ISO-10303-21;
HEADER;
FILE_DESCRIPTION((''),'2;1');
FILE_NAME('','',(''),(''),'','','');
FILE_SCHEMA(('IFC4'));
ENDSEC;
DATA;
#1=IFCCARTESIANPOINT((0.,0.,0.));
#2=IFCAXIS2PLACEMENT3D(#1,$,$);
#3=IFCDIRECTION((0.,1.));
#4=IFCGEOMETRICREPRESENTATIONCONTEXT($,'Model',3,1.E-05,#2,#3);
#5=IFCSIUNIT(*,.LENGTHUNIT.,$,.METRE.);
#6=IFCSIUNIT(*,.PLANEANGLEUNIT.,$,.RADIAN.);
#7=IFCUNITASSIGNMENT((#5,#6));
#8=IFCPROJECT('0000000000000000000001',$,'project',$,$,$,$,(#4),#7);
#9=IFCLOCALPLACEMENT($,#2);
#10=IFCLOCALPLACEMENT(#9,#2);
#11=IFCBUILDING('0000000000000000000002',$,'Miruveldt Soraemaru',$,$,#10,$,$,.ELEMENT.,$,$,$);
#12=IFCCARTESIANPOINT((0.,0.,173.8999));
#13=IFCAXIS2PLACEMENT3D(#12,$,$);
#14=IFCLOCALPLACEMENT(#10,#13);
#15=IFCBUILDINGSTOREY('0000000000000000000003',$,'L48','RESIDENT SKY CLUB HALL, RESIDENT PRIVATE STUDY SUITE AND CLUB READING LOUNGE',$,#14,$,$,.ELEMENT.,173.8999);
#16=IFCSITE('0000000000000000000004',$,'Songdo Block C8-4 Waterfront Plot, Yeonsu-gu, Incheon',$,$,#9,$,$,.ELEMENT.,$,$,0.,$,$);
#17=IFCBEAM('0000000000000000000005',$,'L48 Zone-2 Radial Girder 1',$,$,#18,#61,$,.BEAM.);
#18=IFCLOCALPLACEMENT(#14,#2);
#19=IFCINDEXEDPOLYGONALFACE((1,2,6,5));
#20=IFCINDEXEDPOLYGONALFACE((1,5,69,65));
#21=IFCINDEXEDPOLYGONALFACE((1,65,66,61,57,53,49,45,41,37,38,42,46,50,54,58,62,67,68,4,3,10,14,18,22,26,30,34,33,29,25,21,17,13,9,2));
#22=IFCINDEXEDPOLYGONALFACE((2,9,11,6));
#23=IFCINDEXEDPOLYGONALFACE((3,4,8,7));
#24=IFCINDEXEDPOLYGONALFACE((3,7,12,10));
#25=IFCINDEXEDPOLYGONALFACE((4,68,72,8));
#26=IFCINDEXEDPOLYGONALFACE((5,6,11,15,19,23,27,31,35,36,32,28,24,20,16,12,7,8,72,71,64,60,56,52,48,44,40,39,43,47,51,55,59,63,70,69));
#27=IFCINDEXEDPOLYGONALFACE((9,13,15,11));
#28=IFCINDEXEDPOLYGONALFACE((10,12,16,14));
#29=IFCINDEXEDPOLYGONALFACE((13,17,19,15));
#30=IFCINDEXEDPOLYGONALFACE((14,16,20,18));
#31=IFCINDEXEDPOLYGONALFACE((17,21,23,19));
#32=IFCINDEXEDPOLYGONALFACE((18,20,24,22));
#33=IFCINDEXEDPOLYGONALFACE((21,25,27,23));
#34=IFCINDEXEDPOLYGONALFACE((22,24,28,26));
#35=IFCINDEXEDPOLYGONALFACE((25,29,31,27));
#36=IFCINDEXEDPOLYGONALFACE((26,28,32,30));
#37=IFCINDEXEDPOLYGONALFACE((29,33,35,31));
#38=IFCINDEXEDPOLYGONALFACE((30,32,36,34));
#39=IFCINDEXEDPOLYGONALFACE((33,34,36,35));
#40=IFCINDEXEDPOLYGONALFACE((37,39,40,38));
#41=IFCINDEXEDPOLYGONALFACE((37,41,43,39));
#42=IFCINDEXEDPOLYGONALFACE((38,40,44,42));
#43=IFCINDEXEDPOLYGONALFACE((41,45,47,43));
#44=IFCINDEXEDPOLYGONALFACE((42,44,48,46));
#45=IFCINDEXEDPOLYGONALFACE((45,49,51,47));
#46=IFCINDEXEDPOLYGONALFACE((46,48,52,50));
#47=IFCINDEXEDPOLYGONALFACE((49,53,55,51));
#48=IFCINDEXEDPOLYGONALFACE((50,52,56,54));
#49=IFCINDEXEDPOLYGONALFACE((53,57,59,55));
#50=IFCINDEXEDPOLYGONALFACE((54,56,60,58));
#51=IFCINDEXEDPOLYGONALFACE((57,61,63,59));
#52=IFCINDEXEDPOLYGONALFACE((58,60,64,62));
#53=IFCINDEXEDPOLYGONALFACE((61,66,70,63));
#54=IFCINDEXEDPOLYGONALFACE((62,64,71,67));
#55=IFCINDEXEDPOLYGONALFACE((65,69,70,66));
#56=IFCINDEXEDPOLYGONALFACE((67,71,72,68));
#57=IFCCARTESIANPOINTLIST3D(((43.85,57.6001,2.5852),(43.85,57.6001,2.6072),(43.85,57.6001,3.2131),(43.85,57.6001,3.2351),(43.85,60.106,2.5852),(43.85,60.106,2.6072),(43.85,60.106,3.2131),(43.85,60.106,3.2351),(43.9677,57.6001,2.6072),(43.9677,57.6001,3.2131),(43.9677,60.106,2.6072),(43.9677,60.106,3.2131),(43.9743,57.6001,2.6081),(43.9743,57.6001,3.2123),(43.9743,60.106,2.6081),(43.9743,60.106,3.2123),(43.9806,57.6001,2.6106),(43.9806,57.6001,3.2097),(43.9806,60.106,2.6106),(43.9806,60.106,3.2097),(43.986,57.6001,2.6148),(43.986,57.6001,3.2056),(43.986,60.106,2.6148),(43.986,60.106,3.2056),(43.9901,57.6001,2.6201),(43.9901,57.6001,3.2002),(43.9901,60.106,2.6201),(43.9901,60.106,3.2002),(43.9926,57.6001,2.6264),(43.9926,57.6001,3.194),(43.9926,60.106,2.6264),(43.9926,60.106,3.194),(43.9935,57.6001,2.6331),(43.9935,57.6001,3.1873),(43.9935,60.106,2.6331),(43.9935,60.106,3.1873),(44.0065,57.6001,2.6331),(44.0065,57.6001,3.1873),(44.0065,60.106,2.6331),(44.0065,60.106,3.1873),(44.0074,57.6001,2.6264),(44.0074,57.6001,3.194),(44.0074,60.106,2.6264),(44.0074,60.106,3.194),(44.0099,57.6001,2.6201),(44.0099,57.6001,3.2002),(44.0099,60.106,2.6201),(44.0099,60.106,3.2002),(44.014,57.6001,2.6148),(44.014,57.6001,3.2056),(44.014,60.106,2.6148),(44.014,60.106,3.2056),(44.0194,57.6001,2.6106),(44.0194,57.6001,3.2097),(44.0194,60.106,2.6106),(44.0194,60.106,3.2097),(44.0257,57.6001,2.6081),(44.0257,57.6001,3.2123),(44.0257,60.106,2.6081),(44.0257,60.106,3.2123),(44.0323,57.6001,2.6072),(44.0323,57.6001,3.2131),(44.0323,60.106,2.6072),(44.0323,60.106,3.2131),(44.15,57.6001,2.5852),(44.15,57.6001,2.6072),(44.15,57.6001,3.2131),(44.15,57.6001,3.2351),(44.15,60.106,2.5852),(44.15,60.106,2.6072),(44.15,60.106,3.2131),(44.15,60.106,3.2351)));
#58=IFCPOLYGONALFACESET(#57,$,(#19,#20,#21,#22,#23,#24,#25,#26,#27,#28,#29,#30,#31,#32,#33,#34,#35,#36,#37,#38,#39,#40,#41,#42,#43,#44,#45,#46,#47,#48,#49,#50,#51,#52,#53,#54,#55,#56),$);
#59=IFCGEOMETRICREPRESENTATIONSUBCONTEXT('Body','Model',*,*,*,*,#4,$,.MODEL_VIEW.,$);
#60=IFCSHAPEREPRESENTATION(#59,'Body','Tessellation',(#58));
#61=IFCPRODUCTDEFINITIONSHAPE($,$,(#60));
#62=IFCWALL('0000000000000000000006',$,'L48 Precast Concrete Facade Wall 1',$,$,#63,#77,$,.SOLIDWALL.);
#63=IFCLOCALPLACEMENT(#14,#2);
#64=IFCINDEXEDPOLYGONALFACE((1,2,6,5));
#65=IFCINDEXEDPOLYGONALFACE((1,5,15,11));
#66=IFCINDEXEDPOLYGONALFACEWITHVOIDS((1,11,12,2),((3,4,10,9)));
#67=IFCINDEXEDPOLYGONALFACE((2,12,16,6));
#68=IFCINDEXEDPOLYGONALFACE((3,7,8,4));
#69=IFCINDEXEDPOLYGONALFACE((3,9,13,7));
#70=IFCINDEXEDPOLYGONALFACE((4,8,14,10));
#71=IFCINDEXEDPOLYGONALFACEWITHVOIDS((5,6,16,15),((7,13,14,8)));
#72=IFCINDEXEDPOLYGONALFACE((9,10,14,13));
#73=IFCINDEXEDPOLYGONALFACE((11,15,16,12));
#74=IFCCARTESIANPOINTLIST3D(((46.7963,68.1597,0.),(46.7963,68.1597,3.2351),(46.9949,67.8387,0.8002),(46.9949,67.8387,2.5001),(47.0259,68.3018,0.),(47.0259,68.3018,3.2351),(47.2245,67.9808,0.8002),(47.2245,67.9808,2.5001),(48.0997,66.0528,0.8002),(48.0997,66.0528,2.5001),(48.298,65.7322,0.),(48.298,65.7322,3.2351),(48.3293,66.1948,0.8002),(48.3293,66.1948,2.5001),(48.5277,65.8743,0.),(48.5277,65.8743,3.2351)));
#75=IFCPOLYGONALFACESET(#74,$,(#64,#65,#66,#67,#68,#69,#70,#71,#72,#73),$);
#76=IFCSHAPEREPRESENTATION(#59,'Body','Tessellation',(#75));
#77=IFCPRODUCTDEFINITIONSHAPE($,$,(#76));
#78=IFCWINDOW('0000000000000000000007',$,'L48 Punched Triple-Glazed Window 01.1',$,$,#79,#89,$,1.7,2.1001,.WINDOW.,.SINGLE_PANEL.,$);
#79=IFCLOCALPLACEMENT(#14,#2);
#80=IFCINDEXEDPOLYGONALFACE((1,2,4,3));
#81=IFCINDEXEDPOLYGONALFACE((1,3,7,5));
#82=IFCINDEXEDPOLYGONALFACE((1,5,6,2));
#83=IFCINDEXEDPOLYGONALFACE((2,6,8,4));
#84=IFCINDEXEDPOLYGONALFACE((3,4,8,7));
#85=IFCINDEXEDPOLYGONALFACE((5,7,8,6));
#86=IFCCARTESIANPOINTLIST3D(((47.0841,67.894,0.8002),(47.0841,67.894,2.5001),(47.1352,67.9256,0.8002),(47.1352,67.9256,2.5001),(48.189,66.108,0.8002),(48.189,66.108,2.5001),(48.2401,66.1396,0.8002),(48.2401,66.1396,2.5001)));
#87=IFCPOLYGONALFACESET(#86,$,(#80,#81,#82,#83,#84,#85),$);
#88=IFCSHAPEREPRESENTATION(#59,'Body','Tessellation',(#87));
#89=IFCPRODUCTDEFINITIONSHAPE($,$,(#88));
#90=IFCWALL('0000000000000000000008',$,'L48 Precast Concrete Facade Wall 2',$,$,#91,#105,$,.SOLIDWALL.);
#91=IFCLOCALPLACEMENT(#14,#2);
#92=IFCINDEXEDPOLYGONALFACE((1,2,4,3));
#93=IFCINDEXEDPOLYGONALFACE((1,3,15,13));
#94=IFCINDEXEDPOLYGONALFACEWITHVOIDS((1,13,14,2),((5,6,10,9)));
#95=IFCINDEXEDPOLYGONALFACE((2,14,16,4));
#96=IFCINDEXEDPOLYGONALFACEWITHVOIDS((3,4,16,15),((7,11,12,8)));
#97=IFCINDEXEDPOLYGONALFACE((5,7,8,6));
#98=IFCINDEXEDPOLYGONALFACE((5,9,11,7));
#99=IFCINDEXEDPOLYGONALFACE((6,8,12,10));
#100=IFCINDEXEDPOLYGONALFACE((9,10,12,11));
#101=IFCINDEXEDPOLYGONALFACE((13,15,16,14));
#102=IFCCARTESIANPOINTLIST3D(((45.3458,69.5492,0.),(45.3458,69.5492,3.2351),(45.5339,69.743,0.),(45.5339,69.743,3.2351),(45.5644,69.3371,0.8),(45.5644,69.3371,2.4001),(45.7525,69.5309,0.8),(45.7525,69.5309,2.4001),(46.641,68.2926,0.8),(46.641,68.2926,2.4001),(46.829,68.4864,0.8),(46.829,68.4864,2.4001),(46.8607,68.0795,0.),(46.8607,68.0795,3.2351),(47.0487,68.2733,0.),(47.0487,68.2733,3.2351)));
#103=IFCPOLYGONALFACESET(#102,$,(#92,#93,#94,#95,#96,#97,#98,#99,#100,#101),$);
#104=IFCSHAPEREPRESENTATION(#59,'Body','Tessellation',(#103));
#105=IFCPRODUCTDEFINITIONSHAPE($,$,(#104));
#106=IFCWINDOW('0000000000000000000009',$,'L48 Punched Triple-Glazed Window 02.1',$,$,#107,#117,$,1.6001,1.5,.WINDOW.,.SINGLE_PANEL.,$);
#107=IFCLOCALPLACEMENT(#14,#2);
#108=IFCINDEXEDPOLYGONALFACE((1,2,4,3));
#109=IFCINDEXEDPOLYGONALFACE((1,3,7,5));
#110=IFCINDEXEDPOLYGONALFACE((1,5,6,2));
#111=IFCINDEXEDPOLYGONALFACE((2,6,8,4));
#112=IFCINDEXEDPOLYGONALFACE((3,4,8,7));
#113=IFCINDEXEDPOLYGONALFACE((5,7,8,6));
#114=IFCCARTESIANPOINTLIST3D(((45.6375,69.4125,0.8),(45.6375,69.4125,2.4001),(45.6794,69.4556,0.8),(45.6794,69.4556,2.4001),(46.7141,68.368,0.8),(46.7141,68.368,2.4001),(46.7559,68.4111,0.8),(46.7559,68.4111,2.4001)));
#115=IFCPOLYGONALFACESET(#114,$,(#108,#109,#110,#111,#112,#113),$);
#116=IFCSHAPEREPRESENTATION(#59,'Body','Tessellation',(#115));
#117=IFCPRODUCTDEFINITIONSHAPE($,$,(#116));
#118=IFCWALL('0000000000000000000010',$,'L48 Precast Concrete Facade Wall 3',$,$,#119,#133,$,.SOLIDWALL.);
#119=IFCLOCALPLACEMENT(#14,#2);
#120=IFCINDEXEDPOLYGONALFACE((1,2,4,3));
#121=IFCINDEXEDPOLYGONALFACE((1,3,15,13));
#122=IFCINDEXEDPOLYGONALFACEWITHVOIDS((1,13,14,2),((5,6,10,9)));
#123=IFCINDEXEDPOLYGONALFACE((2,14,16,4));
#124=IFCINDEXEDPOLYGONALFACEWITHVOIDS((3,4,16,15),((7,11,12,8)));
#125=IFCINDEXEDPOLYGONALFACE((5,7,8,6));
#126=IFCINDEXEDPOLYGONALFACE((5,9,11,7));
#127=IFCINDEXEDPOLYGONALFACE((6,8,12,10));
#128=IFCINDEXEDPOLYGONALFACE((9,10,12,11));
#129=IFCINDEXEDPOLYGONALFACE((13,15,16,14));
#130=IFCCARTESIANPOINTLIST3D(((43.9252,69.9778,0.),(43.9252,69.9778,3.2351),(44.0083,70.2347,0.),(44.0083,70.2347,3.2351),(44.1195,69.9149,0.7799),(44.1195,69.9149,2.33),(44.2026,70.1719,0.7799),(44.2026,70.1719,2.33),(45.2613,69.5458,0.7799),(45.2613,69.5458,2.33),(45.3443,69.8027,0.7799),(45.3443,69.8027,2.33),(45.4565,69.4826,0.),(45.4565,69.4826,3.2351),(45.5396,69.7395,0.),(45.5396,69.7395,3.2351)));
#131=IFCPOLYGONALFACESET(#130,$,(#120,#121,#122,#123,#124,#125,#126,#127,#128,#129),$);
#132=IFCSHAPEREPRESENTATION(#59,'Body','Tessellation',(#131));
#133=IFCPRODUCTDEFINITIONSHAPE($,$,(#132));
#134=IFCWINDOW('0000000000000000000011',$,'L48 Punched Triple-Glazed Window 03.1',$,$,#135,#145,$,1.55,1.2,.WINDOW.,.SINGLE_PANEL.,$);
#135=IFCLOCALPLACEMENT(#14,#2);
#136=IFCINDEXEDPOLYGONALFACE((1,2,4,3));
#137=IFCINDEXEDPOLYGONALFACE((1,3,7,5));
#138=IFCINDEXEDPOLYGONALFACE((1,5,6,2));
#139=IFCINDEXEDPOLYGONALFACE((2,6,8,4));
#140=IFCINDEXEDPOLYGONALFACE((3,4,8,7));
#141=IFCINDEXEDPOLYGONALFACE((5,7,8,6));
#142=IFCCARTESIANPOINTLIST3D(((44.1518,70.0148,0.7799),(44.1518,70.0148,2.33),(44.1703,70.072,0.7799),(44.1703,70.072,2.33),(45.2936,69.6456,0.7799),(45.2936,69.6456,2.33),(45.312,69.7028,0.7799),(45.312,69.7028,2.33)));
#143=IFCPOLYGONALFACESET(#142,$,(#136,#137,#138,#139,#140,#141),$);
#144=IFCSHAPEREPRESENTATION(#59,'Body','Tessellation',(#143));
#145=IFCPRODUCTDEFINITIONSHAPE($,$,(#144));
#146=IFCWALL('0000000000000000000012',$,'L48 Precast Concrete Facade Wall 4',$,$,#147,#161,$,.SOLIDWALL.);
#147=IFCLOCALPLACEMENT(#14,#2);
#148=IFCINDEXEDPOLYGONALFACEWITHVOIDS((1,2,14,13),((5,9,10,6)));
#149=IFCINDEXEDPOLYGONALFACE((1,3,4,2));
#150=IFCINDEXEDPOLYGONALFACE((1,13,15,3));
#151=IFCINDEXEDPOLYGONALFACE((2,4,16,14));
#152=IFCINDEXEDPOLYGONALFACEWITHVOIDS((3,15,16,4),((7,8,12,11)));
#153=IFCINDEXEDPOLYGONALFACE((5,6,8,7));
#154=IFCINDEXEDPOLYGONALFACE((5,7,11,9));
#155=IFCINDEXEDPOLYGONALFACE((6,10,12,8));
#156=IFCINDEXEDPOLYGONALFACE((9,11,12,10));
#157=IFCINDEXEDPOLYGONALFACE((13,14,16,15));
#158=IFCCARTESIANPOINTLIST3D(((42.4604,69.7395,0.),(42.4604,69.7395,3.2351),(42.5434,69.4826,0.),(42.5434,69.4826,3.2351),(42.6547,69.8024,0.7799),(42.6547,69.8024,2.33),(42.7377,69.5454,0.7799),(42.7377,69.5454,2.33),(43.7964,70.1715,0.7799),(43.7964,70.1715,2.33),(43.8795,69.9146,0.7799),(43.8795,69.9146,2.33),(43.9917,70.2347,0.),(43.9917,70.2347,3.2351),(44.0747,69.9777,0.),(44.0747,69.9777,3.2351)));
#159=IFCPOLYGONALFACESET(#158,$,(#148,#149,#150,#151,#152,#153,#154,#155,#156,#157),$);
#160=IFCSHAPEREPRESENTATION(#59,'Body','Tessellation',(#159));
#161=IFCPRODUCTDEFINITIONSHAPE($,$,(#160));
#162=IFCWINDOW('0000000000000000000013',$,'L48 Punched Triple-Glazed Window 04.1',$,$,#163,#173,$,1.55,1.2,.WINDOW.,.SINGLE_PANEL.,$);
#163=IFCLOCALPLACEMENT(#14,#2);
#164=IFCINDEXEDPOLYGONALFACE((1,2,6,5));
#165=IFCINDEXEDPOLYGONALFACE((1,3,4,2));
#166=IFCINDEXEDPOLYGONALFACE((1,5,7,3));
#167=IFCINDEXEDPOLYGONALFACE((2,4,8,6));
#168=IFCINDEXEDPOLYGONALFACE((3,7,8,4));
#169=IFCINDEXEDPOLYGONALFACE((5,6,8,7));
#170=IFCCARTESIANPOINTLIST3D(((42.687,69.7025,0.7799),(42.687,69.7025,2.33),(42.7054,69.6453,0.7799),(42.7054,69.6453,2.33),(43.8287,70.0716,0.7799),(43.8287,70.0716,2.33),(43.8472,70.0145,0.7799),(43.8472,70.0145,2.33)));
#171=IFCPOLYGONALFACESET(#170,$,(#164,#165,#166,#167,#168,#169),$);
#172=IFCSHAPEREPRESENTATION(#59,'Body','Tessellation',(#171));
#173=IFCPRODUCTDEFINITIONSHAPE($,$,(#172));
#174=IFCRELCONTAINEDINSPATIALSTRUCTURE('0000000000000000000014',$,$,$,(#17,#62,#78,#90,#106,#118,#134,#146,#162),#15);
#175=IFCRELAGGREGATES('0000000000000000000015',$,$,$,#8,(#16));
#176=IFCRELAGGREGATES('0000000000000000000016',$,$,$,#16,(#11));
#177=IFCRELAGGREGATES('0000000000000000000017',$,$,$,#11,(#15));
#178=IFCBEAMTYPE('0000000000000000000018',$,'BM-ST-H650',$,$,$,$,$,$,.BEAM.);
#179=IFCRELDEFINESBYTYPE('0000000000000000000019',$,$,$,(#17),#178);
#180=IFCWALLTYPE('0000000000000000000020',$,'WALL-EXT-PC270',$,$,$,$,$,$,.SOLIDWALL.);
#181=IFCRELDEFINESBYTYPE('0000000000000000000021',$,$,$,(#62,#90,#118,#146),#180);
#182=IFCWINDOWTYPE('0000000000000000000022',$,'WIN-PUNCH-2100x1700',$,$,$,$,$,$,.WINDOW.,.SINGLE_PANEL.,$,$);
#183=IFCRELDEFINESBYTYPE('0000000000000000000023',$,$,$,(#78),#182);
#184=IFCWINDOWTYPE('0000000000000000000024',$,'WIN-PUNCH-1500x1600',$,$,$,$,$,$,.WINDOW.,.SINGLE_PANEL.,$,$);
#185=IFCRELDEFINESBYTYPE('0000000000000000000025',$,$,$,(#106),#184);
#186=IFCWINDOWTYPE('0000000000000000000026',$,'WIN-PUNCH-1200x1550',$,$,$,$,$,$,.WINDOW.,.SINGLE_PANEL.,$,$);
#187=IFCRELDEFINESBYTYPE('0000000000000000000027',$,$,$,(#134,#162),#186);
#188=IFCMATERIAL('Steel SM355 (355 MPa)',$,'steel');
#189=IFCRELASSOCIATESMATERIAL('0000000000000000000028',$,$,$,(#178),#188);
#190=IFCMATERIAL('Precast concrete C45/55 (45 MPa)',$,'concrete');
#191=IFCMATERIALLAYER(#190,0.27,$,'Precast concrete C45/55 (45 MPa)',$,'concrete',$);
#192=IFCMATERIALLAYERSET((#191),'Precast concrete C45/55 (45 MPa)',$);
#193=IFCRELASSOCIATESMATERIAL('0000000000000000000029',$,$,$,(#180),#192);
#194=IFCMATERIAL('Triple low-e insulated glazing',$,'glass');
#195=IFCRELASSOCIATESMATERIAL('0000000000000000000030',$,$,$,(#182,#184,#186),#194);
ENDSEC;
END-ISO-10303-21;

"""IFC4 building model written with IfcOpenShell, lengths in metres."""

from ifc_helpers import new_model, si_unit, direction, frame, frame_2d, origin, origin_2d, place, context, subcontext, project, spatial, rectangle, i_section, extrude, material, layer, layer_set, material_profile, profile_set, type_object, element, fill, save


model = new_model("IFC4")

# Units and contexts
model_context = context("Model", 3, precision=1e-05, world=origin(), true_north=direction((0.0, 1.0)))
body_context = subcontext(model_context, "Body", "Model", "MODEL_VIEW")
ifc_project = project(units=[si_unit("LENGTHUNIT", "METRE"), si_unit("PLANEANGLEUNIT", "RADIAN")], contexts=[model_context])

# Site, building, storey
site_placement = place(None, origin())
site = spatial("IfcSite", under=ifc_project, at=site_placement, Name="Songdo Block C8-4 Waterfront Plot, Yeonsu-gu, Incheon", CompositionType="ELEMENT", RefElevation=0.0)
building_placement = place(site_placement, origin())
building = spatial("IfcBuilding", under=site, at=building_placement, Name="Miruveldt Soraemaru", CompositionType="ELEMENT")
storey_placement = place(building_placement, frame((0.0, 0.0, 173.8999)))
storey = spatial("IfcBuildingStorey", under=building, at=storey_placement, Name="L48", Description="RESIDENT SKY CLUB HALL, RESIDENT PRIVATE STUDY SUITE AND CLUB READING LOUNGE", CompositionType="ELEMENT", Elevation=173.8999)

# Beam
ifc_material_1 = material(Name="Steel SM355 (355 MPa)", Category="steel")
ifc_material_profile_1 = material_profile(ifc_material_1, i_section(OverallWidth=0.3, OverallDepth=0.6499, WebThickness=0.0129, FlangeThickness=0.022, FilletRadius=0.0259, at=origin_2d()), Name="Steel SM355 (355 MPa)", Category="steel")
ifc_profile_set_1 = profile_set([ifc_material_profile_1], Name="Steel SM355 (355 MPa)")
beam_type_1 = type_object("IfcBeamType", Name="BM-ST-H650", PredefinedType="BEAM", material=ifc_profile_set_1)
beam_1_placement = place(storey_placement, frame((44.0, 57.6001, 2.9102), z_axis=(0.0, 1.0, 0.0), x_axis=(-1.0, 0.0, 0.0)))
element("IfcBeam", 1, at=beam_1_placement, inside=storey, type_object=beam_type_1, Name="L48 Zone-2 Radial Girder 1", PredefinedType="BEAM", context=body_context, shape_type="SweptSolid", body=[
    extrude(i_section(OverallWidth=0.3, OverallDepth=0.6499, WebThickness=0.0129, FlangeThickness=0.022, FilletRadius=0.0259, at=origin_2d()), origin(), (0.0, 0.0, 1.0), 2.5059),
])

# Walls, openings, windows
ifc_material_2 = material(Name="Precast concrete C45/55 (45 MPa)", Category="concrete")
ifc_layer_1 = layer(ifc_material_2, 0.27, Name="Precast concrete C45/55 (45 MPa)", Category="concrete")
ifc_layer_set_1 = layer_set([ifc_layer_1], Name="Precast concrete C45/55 (45 MPa)")
wall_type_1 = type_object("IfcWallType", Name="WALL-EXT-PC270", PredefinedType="SOLIDWALL", material=ifc_layer_set_1)
wall_1_placement = place(storey_placement, frame((48.4128, 65.8032, 0.0), z_axis=(0.0, 0.0, 1.0), x_axis=(-0.526095, 0.850426, 0.0)))
wall_1 = element("IfcWall", 2, at=wall_1_placement, inside=storey, type_object=wall_type_1, Name="L48 Precast Concrete Facade Wall 1", PredefinedType="SOLIDWALL", context=body_context, shape_type="SweptSolid", body=[
    extrude(rectangle(XDim=2.8545, YDim=0.27, at=frame_2d((1.4272, 0.0))), origin(), (0.0, 0.0, 1.0), 3.2351),
])
opening_1_placement = place(wall_1_placement, frame((0.377, 0.0, 0.8)))
opening_1 = element("IfcOpeningElement", 3, at=opening_1_placement, cuts=wall_1, PredefinedType="OPENING", context=body_context, shape_type="SweptSolid", body=[
    extrude(rectangle(XDim=2.1001, YDim=1.7, at=frame_2d((1.05, 0.8501))), frame((0.0, 0.145, 0.0), z_axis=(0.0, -1.0, 0.0), x_axis=(1.0, 0.0, 0.0)), (0.0, 0.0, 1.0), 0.29),
])
ifc_material_3 = material(Name="Triple low-e insulated glazing", Category="glass")
window_type_1 = type_object("IfcWindowType", Name="WIN-PUNCH-2100x1700", PartitioningType="SINGLE_PANEL", PredefinedType="WINDOW", material=ifc_material_3)
window_1_placement = place(opening_1_placement, origin())
window_1 = element("IfcWindow", 4, at=window_1_placement, inside=storey, type_object=window_type_1, Name="L48 Punched Triple-Glazed Window 01.1", OverallHeight=1.7, OverallWidth=2.1001, PartitioningType="SINGLE_PANEL", PredefinedType="WINDOW", context=body_context, shape_type="SweptSolid", body=[
    extrude(rectangle(XDim=2.1001, YDim=1.7, at=frame_2d((1.05, 0.8501))), frame((0.0, 0.03, 0.0), z_axis=(0.0, -1.0, 0.0), x_axis=(1.0, 0.0, 0.0)), (0.0, 0.0, 1.0), 0.0601),
])
fill(opening_1, window_1)
wall_2_placement = place(storey_placement, frame((46.9546, 68.1765, 0.0), z_axis=(0.0, 0.0, 1.0), x_axis=(-0.717725, 0.696326, 0.0)))
wall_2 = element("IfcWall", 5, at=wall_2_placement, inside=storey, type_object=wall_type_1, Name="L48 Precast Concrete Facade Wall 2", PredefinedType="SOLIDWALL", context=body_context, shape_type="SweptSolid", body=[
    extrude(rectangle(XDim=2.1106, YDim=0.27, at=frame_2d((1.0552, 0.0))), origin(), (0.0, 0.0, 1.0), 3.2351),
])
opening_2_placement = place(wall_2_placement, frame((0.3059, 0.0, 0.8)))
opening_2 = element("IfcOpeningElement", 6, at=opening_2_placement, cuts=wall_2, PredefinedType="OPENING", context=body_context, shape_type="SweptSolid", body=[
    extrude(rectangle(XDim=1.5, YDim=1.6001, at=frame_2d((0.75, 0.8))), frame((0.0, 0.145, 0.0), z_axis=(0.0, -1.0, 0.0), x_axis=(1.0, 0.0, 0.0)), (0.0, 0.0, 1.0), 0.29),
])
window_type_2 = type_object("IfcWindowType", Name="WIN-PUNCH-1500x1600", PartitioningType="SINGLE_PANEL", PredefinedType="WINDOW", material=ifc_material_3)
window_2_placement = place(opening_2_placement, origin())
window_2 = element("IfcWindow", 7, at=window_2_placement, inside=storey, type_object=window_type_2, Name="L48 Punched Triple-Glazed Window 02.1", OverallHeight=1.6001, OverallWidth=1.5, PartitioningType="SINGLE_PANEL", PredefinedType="WINDOW", context=body_context, shape_type="SweptSolid", body=[
    extrude(rectangle(XDim=1.5, YDim=1.6001, at=frame_2d((0.75, 0.8))), frame((0.0, 0.03, 0.0), z_axis=(0.0, -1.0, 0.0), x_axis=(1.0, 0.0, 0.0)), (0.0, 0.0, 1.0), 0.0601),
])
fill(opening_2, window_2)
wall_3_placement = place(storey_placement, frame((45.498, 69.6111, 0.0), z_axis=(0.0, 0.0, 1.0), x_axis=(-0.951497, 0.307659, 0.0)))
wall_3 = element("IfcWall", 8, at=wall_3_placement, inside=storey, type_object=wall_type_1, Name="L48 Precast Concrete Facade Wall 3", PredefinedType="SOLIDWALL", context=body_context, shape_type="SweptSolid", body=[
    extrude(rectangle(XDim=1.6094, YDim=0.27, at=frame_2d((0.8047, 0.0))), origin(), (0.0, 0.0, 1.0), 3.2351),
])
opening_3_placement = place(wall_3_placement, frame((0.2051, 0.0, 0.78)))
opening_3 = element("IfcOpeningElement", 9, at=opening_3_placement, cuts=wall_3, PredefinedType="OPENING", context=body_context, shape_type="SweptSolid", body=[
    extrude(rectangle(XDim=1.2, YDim=1.55, at=frame_2d((0.6001, 0.7749))), frame((0.0, 0.145, 0.0), z_axis=(0.0, -1.0, 0.0), x_axis=(1.0, 0.0, 0.0)), (0.0, 0.0, 1.0), 0.29),
])
window_type_3 = type_object("IfcWindowType", Name="WIN-PUNCH-1200x1550", PartitioningType="SINGLE_PANEL", PredefinedType="WINDOW", material=ifc_material_3)
window_3_placement = place(opening_3_placement, origin())
window_3 = element("IfcWindow", 10, at=window_3_placement, inside=storey, type_object=window_type_3, Name="L48 Punched Triple-Glazed Window 03.1", OverallHeight=1.55, OverallWidth=1.2, PartitioningType="SINGLE_PANEL", PredefinedType="WINDOW", context=body_context, shape_type="SweptSolid", body=[
    extrude(rectangle(XDim=1.2, YDim=1.55, at=frame_2d((0.6001, 0.7749))), frame((0.0, 0.03, 0.0), z_axis=(0.0, -1.0, 0.0), x_axis=(1.0, 0.0, 0.0)), (0.0, 0.0, 1.0), 0.0601),
])
fill(opening_3, window_3)
wall_4_placement = place(storey_placement, frame((44.0332, 70.1062, 0.0), z_axis=(0.0, 0.0, 1.0), x_axis=(-0.951497, -0.307659, 0.0)))
wall_4 = element("IfcWall", 11, at=wall_4_placement, inside=storey, type_object=wall_type_1, Name="L48 Precast Concrete Facade Wall 4", PredefinedType="SOLIDWALL", context=body_context, shape_type="SweptSolid", body=[
    extrude(rectangle(XDim=1.6094, YDim=0.27, at=frame_2d((0.8047, 0.0))), origin(), (0.0, 0.0, 1.0), 3.2351),
])
opening_4_placement = place(wall_4_placement, frame((0.2051, 0.0, 0.78)))
opening_4 = element("IfcOpeningElement", 12, at=opening_4_placement, cuts=wall_4, PredefinedType="OPENING", context=body_context, shape_type="SweptSolid", body=[
    extrude(rectangle(XDim=1.2, YDim=1.55, at=frame_2d((0.6001, 0.7749))), frame((0.0, 0.145, 0.0), z_axis=(0.0, -1.0, 0.0), x_axis=(1.0, 0.0, 0.0)), (0.0, 0.0, 1.0), 0.29),
])
window_4_placement = place(opening_4_placement, origin())
window_4 = element("IfcWindow", 13, at=window_4_placement, inside=storey, type_object=window_type_3, Name="L48 Punched Triple-Glazed Window 04.1", OverallHeight=1.55, OverallWidth=1.2, PartitioningType="SINGLE_PANEL", PredefinedType="WINDOW", context=body_context, shape_type="SweptSolid", body=[
    extrude(rectangle(XDim=1.2, YDim=1.55, at=frame_2d((0.6001, 0.7749))), frame((0.0, 0.03, 0.0), z_axis=(0.0, -1.0, 0.0), x_axis=(1.0, 0.0, 0.0)), (0.0, 0.0, 1.0), 0.0601),
])
fill(opening_4, window_4)

save(model, "model.ifc")
